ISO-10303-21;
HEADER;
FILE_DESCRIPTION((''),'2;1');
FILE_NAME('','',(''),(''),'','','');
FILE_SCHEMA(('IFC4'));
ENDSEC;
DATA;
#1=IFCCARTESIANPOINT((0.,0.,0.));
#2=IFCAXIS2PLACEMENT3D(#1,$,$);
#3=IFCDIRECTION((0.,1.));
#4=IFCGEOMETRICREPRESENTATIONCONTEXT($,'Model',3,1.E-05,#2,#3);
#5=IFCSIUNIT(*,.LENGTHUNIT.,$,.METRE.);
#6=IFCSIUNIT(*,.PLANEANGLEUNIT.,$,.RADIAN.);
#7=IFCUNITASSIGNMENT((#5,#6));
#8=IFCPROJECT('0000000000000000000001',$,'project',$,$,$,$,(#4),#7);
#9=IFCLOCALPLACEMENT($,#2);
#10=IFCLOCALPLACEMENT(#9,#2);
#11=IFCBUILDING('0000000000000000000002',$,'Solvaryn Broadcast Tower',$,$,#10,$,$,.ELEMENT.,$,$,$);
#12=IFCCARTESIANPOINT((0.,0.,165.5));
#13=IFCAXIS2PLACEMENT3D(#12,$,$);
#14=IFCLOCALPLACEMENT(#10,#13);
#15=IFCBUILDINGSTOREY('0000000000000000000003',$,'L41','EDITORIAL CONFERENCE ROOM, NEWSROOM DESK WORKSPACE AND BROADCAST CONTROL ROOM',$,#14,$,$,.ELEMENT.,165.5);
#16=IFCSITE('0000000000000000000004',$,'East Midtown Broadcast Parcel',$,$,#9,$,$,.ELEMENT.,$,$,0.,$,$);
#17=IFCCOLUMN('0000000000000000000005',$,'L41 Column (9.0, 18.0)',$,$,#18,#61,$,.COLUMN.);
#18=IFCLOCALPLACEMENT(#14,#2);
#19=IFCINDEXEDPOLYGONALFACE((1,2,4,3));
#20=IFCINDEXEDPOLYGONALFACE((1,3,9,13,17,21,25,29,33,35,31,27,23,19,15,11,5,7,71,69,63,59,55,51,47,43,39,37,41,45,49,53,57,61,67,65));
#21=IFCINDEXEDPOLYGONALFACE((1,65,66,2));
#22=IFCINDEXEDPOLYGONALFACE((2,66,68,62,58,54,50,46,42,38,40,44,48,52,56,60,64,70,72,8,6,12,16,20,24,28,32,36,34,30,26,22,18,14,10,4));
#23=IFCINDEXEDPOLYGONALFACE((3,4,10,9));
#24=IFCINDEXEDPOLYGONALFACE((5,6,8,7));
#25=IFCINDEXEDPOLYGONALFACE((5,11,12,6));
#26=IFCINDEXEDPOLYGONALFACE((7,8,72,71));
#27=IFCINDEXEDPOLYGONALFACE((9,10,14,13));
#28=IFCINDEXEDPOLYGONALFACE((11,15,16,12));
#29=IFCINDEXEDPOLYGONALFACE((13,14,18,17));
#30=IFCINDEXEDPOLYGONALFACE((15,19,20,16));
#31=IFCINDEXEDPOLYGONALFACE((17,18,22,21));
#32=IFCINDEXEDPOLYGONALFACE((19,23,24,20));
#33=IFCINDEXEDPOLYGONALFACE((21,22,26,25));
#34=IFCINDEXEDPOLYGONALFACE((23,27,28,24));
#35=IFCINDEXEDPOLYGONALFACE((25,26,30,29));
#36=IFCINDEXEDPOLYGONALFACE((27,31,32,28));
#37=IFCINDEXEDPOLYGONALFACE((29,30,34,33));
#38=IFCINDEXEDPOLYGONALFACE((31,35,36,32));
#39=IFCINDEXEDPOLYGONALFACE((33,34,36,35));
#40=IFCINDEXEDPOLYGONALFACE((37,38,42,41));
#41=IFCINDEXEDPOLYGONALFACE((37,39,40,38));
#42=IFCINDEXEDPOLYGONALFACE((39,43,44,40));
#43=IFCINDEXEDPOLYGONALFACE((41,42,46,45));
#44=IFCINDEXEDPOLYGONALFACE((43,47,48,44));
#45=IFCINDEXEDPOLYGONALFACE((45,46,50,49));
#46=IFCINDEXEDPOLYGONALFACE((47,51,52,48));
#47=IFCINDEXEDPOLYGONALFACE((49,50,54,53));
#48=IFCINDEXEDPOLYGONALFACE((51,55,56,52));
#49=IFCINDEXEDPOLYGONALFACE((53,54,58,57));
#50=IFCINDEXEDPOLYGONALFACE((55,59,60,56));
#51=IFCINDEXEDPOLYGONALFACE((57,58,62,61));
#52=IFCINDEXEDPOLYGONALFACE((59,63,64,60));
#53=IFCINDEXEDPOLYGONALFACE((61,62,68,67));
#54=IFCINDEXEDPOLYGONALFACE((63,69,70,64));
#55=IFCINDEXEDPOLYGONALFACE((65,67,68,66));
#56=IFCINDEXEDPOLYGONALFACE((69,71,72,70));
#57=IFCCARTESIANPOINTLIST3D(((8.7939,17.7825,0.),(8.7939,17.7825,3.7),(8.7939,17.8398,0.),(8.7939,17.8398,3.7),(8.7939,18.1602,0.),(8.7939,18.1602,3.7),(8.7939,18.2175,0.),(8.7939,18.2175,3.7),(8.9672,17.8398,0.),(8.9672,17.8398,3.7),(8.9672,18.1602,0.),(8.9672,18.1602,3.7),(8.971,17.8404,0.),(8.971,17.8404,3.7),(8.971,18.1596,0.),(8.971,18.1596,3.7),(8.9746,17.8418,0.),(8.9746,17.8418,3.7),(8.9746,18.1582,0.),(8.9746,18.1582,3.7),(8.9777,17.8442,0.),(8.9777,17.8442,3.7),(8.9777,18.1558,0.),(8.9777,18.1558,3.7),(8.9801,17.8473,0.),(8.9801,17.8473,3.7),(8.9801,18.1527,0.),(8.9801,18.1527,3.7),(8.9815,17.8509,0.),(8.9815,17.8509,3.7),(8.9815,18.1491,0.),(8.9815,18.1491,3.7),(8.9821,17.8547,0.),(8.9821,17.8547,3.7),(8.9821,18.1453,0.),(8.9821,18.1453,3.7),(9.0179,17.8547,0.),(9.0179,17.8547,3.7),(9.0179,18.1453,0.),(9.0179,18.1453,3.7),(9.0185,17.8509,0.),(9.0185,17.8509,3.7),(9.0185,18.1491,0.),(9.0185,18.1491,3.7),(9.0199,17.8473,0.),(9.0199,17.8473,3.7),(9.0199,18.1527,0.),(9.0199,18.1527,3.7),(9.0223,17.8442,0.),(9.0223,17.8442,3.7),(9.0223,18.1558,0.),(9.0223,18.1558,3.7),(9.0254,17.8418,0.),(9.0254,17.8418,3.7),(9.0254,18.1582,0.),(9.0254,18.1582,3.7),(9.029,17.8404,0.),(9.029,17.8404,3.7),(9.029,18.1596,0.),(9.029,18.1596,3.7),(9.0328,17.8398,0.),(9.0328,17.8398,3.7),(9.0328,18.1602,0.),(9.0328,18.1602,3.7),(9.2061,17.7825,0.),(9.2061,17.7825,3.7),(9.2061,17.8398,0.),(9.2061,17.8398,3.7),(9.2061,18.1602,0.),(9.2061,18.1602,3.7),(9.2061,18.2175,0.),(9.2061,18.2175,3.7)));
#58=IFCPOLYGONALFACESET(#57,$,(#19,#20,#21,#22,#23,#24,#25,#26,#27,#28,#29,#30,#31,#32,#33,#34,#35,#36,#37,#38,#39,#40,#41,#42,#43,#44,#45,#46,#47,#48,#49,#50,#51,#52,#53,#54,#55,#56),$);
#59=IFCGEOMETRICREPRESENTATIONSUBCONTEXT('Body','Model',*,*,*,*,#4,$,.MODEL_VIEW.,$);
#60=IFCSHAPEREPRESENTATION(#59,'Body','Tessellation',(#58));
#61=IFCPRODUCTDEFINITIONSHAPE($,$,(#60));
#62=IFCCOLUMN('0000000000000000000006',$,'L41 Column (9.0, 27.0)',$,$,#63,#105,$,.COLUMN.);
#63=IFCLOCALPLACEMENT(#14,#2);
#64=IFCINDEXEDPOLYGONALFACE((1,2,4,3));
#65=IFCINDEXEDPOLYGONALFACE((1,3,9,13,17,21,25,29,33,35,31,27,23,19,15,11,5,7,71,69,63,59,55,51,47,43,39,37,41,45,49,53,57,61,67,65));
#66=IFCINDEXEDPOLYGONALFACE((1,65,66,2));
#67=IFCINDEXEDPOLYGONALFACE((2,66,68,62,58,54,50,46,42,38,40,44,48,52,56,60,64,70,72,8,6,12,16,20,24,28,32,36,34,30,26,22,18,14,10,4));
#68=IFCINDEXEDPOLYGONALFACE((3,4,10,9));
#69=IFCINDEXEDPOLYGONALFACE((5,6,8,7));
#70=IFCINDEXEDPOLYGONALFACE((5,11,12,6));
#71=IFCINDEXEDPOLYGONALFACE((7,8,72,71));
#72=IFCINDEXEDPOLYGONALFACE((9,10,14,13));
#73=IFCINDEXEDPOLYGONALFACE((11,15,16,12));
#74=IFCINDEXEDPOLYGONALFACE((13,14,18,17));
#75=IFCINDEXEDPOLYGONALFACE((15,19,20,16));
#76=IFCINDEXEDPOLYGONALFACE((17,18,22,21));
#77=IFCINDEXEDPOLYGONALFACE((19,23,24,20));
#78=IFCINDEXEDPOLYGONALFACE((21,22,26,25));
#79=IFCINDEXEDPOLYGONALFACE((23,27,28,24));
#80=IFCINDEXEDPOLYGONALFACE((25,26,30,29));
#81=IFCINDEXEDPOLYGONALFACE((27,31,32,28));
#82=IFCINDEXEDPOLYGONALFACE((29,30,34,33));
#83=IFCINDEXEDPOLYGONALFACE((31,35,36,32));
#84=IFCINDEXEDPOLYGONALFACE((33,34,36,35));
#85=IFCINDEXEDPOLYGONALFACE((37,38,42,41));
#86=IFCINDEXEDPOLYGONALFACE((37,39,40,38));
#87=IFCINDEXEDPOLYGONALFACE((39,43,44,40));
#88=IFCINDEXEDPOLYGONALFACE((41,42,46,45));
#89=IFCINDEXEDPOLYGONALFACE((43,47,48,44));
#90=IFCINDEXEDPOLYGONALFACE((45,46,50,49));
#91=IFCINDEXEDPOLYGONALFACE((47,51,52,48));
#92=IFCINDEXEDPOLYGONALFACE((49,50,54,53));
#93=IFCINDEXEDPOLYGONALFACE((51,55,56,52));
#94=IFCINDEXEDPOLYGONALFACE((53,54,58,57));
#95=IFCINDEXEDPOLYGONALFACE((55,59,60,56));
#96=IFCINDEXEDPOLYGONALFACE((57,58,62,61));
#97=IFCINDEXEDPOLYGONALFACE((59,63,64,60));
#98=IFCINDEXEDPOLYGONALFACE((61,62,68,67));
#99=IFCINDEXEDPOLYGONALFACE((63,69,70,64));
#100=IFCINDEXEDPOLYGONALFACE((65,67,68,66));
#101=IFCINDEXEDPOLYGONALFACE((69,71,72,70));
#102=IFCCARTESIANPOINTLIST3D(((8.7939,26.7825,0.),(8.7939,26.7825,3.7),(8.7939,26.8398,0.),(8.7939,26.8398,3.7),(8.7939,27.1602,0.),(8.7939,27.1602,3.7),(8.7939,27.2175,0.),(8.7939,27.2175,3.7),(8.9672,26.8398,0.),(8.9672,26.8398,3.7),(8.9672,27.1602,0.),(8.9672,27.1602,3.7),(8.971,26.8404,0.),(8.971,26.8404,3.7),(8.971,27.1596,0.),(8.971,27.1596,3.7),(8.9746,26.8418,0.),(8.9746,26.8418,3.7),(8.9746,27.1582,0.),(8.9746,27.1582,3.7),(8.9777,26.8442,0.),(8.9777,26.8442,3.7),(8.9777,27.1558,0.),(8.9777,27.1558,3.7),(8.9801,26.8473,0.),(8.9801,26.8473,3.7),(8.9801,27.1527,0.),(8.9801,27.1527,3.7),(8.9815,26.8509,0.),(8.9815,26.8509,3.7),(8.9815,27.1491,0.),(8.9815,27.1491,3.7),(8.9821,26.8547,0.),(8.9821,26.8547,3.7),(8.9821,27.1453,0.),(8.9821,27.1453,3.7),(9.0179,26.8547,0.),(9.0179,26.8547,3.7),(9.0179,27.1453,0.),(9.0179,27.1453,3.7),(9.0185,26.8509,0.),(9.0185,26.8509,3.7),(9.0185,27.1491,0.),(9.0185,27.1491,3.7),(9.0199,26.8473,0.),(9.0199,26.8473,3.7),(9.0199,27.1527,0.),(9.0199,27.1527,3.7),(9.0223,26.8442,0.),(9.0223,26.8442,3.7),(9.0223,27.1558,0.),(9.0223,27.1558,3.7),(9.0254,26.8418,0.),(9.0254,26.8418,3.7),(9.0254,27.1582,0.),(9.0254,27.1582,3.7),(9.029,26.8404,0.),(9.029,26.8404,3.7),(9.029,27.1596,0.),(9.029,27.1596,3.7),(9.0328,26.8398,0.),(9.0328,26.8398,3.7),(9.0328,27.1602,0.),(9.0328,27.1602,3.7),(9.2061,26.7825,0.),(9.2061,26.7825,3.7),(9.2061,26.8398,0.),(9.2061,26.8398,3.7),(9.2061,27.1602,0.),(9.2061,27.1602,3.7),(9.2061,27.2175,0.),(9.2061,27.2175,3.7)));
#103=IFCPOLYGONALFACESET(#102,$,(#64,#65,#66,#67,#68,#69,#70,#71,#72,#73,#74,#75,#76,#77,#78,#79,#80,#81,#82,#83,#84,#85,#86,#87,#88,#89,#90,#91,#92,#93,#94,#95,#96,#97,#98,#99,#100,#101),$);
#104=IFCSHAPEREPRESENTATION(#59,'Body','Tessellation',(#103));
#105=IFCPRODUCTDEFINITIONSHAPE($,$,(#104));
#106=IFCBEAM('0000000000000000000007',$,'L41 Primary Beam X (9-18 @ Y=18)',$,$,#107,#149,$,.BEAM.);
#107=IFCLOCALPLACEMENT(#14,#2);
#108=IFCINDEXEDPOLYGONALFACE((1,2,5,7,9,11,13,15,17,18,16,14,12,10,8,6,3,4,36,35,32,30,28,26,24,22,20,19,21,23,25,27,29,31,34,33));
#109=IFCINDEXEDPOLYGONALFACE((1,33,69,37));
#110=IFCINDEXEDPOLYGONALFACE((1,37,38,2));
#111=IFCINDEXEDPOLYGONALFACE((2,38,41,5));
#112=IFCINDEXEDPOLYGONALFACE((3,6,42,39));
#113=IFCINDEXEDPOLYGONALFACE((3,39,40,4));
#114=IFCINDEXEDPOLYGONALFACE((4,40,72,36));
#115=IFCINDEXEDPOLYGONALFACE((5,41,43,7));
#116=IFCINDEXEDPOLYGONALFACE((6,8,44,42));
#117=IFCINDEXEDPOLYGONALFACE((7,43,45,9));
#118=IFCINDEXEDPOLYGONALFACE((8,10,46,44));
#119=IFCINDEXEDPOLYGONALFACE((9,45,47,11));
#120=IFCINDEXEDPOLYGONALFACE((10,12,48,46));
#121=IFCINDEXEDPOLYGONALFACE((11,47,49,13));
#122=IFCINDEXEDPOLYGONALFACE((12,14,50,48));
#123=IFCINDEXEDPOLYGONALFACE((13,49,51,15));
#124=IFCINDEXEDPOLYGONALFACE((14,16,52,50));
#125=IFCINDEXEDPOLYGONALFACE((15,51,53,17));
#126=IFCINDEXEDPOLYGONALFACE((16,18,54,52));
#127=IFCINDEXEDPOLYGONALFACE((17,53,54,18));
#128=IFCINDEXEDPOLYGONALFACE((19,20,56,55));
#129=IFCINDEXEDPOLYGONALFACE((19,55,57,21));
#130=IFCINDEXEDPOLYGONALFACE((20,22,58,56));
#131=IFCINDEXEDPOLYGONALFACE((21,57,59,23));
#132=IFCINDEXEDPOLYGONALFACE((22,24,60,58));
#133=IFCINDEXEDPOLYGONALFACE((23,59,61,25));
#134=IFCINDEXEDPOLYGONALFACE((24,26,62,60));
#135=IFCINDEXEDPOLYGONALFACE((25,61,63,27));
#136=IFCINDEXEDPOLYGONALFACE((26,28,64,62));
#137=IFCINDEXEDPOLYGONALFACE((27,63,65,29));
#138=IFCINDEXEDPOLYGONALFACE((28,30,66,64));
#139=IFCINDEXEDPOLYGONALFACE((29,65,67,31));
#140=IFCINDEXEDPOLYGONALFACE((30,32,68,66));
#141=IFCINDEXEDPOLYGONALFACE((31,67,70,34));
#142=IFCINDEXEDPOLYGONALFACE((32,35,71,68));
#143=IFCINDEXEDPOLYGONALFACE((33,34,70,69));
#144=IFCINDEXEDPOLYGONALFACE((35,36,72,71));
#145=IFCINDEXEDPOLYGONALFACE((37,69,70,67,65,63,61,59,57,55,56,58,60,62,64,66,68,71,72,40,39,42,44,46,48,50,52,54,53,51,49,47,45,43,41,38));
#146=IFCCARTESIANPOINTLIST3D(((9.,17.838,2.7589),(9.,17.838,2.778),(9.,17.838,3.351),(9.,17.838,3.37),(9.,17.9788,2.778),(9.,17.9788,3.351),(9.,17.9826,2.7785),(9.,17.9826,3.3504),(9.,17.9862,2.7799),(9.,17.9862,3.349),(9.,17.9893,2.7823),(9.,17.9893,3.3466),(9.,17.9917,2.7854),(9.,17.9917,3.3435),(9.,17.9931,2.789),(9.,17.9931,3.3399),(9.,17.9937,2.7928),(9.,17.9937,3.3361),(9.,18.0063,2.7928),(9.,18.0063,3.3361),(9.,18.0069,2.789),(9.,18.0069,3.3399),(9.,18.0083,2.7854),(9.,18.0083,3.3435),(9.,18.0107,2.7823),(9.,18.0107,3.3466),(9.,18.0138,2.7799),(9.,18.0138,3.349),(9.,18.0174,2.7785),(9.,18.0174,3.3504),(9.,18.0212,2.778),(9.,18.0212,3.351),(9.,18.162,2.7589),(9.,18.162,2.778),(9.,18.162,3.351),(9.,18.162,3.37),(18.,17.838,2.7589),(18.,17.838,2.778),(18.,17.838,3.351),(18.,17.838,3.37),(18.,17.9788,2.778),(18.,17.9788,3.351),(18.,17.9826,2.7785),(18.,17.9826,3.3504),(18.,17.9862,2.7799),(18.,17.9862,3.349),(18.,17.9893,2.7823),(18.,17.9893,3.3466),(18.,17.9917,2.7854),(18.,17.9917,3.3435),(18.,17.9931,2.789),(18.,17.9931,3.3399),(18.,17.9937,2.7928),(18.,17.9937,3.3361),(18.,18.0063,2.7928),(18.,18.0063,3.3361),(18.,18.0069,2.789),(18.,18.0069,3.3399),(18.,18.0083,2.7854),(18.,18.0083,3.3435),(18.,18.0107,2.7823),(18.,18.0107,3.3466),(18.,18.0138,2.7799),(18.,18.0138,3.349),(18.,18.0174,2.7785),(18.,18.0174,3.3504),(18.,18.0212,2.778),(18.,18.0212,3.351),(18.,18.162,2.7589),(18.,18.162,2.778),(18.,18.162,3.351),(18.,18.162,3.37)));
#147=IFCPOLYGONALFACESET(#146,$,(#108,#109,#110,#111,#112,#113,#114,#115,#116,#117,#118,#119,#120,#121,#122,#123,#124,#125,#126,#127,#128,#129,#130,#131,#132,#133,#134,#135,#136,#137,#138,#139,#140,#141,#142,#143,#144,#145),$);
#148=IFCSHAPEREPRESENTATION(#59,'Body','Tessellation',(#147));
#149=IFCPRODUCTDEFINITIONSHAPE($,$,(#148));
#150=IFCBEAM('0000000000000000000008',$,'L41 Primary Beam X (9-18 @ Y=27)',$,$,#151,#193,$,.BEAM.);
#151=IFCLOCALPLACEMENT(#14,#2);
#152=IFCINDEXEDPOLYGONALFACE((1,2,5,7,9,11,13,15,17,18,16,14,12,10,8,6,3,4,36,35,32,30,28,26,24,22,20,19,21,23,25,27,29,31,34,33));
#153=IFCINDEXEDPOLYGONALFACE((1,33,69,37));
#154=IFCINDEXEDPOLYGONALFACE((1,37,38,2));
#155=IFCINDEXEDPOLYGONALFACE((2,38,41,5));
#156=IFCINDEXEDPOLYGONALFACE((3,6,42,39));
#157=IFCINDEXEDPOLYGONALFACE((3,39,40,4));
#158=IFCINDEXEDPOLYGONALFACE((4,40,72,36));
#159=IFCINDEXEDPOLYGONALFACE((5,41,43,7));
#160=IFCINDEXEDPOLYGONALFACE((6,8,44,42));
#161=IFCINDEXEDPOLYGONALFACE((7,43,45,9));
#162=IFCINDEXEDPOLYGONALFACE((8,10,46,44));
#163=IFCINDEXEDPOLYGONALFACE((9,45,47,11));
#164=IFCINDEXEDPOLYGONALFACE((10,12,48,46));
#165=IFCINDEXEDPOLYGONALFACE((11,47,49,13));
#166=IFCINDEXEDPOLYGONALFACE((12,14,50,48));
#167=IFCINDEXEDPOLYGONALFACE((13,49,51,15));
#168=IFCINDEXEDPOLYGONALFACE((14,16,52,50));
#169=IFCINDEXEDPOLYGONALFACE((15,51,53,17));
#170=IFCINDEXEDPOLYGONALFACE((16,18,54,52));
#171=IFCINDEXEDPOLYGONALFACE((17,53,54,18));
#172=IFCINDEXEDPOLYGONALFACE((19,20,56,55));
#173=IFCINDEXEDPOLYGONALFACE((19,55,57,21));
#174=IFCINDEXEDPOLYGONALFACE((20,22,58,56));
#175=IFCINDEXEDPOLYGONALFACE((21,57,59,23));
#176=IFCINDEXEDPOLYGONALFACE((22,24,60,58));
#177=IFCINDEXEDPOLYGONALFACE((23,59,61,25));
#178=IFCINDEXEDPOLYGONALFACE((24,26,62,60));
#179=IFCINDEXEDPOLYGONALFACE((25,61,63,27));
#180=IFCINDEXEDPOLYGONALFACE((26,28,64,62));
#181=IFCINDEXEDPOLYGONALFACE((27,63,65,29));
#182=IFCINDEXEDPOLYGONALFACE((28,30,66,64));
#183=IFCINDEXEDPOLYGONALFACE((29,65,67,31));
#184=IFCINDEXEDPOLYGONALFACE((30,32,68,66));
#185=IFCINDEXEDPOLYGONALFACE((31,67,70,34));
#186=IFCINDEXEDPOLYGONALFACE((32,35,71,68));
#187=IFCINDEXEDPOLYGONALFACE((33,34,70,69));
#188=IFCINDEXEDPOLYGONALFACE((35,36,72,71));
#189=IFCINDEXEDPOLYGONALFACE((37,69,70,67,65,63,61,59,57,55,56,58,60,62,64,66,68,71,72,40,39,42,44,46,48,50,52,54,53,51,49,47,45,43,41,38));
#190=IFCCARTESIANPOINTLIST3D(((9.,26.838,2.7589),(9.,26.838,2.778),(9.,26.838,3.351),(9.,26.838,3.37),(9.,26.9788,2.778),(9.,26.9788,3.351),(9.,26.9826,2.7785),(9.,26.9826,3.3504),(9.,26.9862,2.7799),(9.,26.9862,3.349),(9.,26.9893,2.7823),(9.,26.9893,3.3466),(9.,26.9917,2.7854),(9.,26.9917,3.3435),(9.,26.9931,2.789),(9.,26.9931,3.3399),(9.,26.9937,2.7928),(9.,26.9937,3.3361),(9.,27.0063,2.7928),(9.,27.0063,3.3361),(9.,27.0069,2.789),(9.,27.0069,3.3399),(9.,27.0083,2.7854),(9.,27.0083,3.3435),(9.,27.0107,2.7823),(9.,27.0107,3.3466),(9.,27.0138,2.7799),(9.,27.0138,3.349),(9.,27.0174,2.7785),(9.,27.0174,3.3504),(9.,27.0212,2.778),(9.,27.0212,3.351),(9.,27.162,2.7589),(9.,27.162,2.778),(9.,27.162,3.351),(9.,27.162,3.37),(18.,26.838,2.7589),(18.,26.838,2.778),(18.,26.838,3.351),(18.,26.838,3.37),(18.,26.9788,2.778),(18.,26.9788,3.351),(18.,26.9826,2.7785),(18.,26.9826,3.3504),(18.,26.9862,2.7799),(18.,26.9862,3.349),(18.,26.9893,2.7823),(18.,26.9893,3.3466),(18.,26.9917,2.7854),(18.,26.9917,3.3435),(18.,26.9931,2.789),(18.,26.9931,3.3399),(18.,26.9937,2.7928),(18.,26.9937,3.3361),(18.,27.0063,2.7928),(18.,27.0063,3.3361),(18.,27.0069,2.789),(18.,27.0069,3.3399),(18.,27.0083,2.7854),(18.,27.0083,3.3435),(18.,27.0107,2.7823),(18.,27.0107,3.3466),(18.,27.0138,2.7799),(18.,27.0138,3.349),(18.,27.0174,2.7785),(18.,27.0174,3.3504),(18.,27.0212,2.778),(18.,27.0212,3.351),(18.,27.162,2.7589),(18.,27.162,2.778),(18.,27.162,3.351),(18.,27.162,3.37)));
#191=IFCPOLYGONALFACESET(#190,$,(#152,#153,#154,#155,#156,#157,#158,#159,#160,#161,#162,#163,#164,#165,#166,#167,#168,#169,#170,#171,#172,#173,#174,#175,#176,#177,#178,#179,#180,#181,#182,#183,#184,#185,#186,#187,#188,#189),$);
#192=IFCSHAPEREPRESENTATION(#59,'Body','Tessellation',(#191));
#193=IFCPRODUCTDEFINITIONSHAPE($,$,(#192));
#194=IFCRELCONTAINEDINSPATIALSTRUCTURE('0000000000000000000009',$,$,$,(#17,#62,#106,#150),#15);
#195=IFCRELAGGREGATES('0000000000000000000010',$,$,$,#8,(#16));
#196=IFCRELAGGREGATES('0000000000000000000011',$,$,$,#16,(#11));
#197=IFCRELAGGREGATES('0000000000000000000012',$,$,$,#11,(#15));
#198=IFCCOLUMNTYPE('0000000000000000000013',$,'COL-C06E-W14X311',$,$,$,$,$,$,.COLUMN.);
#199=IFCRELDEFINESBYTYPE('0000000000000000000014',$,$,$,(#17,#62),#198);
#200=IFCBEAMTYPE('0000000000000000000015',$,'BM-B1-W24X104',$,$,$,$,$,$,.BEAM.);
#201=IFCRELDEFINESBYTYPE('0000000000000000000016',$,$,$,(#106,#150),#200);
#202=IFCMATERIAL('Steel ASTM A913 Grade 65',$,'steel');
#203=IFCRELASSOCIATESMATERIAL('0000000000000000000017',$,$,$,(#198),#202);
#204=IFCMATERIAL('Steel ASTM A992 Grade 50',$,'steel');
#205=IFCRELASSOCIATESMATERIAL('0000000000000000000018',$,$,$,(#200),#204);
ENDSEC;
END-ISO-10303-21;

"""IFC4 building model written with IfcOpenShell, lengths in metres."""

from ifc_helpers import new_model, si_unit, direction, frame, origin, origin_2d, place, context, subcontext, project, spatial, i_section, extrude, material, material_profile, profile_set, type_object, element, save


model = new_model("IFC4")

# Units and contexts
model_context = context("Model", 3, precision=1e-05, world=origin(), true_north=direction((0.0, 1.0)))
body_context = subcontext(model_context, "Body", "Model", "MODEL_VIEW")
ifc_project = project(units=[si_unit("LENGTHUNIT", "METRE"), si_unit("PLANEANGLEUNIT", "RADIAN")], contexts=[model_context])

# Site, building, storey
site_placement = place(None, origin())
site = spatial("IfcSite", under=ifc_project, at=site_placement, Name="East Midtown Broadcast Parcel", CompositionType="ELEMENT", RefElevation=0.0)
building_placement = place(site_placement, origin())
building = spatial("IfcBuilding", under=site, at=building_placement, Name="Solvaryn Broadcast Tower", CompositionType="ELEMENT")
storey_placement = place(building_placement, frame((0.0, 0.0, 165.5)))
storey = spatial("IfcBuildingStorey", under=building, at=storey_placement, Name="L41", Description="EDITORIAL CONFERENCE ROOM, NEWSROOM DESK WORKSPACE AND BROADCAST CONTROL ROOM", CompositionType="ELEMENT", Elevation=165.5)

# Columns
ifc_material_1 = material(Name="Steel ASTM A913 Grade 65", Category="steel")
ifc_material_profile_1 = material_profile(ifc_material_1, i_section(OverallWidth=0.4121, OverallDepth=0.4351, WebThickness=0.0359, FlangeThickness=0.0574, FilletRadius=0.0149, at=origin_2d()))
ifc_profile_set_1 = profile_set([ifc_material_profile_1], Name="Steel ASTM A913 Grade 65")
column_type = type_object("IfcColumnType", Name="COL-C06E-W14X311", PredefinedType="COLUMN", material=ifc_profile_set_1)
for number, where, z_axis, x_axis, name in (
    (1, (9.0, 18.0, 0.0), (0.0, 0.0, 1.0), (1.0, 0.0, 0.0), "L41 Column (9.0, 18.0)"),
    (2, (9.0, 27.0, 0.0), (0.0, 0.0, 1.0), (1.0, 0.0, 0.0), "L41 Column (9.0, 27.0)"),
):
    element("IfcColumn", number, at=place(storey_placement, frame(where, z_axis=z_axis, x_axis=x_axis)), inside=storey, type_object=column_type, Name=name, PredefinedType="COLUMN", context=body_context, shape_type="SweptSolid", body=[
        extrude(i_section(OverallWidth=0.4121, OverallDepth=0.4351, WebThickness=0.0359, FlangeThickness=0.0574, FilletRadius=0.0149, at=origin_2d()), origin(), (0.0, 0.0, 1.0), 3.7),
    ])

# Beams
ifc_material_2 = material(Name="Steel ASTM A992 Grade 50", Category="steel")
ifc_material_profile_2 = material_profile(ifc_material_2, i_section(OverallWidth=0.324, OverallDepth=0.6111, WebThickness=0.0127, FlangeThickness=0.019, FilletRadius=0.0149, at=origin_2d()))
ifc_profile_set_2 = profile_set([ifc_material_profile_2], Name="Steel ASTM A992 Grade 50")
beam_type_1 = type_object("IfcBeamType", Name="BM-B1-W24X104", PredefinedType="BEAM", material=ifc_profile_set_2)
for number, where, z_axis, x_axis, name in (
    (3, (9.0, 18.0, 3.0645), (1.0, 0.0, 0.0), (0.0, 1.0, 0.0), "L41 Primary Beam X (9-18 @ Y=18)"),
    (4, (9.0, 27.0, 3.0645), (1.0, 0.0, 0.0), (0.0, 1.0, 0.0), "L41 Primary Beam X (9-18 @ Y=27)"),
):
    element("IfcBeam", number, at=place(storey_placement, frame(where, z_axis=z_axis, x_axis=x_axis)), inside=storey, type_object=beam_type_1, Name=name, PredefinedType="BEAM", context=body_context, shape_type="SweptSolid", body=[
        extrude(i_section(OverallWidth=0.324, OverallDepth=0.6111, WebThickness=0.0127, FlangeThickness=0.019, FilletRadius=0.0149, at=origin_2d()), origin(), (0.0, 0.0, 1.0), 9.0),
    ])

save(model, "model.ifc")
